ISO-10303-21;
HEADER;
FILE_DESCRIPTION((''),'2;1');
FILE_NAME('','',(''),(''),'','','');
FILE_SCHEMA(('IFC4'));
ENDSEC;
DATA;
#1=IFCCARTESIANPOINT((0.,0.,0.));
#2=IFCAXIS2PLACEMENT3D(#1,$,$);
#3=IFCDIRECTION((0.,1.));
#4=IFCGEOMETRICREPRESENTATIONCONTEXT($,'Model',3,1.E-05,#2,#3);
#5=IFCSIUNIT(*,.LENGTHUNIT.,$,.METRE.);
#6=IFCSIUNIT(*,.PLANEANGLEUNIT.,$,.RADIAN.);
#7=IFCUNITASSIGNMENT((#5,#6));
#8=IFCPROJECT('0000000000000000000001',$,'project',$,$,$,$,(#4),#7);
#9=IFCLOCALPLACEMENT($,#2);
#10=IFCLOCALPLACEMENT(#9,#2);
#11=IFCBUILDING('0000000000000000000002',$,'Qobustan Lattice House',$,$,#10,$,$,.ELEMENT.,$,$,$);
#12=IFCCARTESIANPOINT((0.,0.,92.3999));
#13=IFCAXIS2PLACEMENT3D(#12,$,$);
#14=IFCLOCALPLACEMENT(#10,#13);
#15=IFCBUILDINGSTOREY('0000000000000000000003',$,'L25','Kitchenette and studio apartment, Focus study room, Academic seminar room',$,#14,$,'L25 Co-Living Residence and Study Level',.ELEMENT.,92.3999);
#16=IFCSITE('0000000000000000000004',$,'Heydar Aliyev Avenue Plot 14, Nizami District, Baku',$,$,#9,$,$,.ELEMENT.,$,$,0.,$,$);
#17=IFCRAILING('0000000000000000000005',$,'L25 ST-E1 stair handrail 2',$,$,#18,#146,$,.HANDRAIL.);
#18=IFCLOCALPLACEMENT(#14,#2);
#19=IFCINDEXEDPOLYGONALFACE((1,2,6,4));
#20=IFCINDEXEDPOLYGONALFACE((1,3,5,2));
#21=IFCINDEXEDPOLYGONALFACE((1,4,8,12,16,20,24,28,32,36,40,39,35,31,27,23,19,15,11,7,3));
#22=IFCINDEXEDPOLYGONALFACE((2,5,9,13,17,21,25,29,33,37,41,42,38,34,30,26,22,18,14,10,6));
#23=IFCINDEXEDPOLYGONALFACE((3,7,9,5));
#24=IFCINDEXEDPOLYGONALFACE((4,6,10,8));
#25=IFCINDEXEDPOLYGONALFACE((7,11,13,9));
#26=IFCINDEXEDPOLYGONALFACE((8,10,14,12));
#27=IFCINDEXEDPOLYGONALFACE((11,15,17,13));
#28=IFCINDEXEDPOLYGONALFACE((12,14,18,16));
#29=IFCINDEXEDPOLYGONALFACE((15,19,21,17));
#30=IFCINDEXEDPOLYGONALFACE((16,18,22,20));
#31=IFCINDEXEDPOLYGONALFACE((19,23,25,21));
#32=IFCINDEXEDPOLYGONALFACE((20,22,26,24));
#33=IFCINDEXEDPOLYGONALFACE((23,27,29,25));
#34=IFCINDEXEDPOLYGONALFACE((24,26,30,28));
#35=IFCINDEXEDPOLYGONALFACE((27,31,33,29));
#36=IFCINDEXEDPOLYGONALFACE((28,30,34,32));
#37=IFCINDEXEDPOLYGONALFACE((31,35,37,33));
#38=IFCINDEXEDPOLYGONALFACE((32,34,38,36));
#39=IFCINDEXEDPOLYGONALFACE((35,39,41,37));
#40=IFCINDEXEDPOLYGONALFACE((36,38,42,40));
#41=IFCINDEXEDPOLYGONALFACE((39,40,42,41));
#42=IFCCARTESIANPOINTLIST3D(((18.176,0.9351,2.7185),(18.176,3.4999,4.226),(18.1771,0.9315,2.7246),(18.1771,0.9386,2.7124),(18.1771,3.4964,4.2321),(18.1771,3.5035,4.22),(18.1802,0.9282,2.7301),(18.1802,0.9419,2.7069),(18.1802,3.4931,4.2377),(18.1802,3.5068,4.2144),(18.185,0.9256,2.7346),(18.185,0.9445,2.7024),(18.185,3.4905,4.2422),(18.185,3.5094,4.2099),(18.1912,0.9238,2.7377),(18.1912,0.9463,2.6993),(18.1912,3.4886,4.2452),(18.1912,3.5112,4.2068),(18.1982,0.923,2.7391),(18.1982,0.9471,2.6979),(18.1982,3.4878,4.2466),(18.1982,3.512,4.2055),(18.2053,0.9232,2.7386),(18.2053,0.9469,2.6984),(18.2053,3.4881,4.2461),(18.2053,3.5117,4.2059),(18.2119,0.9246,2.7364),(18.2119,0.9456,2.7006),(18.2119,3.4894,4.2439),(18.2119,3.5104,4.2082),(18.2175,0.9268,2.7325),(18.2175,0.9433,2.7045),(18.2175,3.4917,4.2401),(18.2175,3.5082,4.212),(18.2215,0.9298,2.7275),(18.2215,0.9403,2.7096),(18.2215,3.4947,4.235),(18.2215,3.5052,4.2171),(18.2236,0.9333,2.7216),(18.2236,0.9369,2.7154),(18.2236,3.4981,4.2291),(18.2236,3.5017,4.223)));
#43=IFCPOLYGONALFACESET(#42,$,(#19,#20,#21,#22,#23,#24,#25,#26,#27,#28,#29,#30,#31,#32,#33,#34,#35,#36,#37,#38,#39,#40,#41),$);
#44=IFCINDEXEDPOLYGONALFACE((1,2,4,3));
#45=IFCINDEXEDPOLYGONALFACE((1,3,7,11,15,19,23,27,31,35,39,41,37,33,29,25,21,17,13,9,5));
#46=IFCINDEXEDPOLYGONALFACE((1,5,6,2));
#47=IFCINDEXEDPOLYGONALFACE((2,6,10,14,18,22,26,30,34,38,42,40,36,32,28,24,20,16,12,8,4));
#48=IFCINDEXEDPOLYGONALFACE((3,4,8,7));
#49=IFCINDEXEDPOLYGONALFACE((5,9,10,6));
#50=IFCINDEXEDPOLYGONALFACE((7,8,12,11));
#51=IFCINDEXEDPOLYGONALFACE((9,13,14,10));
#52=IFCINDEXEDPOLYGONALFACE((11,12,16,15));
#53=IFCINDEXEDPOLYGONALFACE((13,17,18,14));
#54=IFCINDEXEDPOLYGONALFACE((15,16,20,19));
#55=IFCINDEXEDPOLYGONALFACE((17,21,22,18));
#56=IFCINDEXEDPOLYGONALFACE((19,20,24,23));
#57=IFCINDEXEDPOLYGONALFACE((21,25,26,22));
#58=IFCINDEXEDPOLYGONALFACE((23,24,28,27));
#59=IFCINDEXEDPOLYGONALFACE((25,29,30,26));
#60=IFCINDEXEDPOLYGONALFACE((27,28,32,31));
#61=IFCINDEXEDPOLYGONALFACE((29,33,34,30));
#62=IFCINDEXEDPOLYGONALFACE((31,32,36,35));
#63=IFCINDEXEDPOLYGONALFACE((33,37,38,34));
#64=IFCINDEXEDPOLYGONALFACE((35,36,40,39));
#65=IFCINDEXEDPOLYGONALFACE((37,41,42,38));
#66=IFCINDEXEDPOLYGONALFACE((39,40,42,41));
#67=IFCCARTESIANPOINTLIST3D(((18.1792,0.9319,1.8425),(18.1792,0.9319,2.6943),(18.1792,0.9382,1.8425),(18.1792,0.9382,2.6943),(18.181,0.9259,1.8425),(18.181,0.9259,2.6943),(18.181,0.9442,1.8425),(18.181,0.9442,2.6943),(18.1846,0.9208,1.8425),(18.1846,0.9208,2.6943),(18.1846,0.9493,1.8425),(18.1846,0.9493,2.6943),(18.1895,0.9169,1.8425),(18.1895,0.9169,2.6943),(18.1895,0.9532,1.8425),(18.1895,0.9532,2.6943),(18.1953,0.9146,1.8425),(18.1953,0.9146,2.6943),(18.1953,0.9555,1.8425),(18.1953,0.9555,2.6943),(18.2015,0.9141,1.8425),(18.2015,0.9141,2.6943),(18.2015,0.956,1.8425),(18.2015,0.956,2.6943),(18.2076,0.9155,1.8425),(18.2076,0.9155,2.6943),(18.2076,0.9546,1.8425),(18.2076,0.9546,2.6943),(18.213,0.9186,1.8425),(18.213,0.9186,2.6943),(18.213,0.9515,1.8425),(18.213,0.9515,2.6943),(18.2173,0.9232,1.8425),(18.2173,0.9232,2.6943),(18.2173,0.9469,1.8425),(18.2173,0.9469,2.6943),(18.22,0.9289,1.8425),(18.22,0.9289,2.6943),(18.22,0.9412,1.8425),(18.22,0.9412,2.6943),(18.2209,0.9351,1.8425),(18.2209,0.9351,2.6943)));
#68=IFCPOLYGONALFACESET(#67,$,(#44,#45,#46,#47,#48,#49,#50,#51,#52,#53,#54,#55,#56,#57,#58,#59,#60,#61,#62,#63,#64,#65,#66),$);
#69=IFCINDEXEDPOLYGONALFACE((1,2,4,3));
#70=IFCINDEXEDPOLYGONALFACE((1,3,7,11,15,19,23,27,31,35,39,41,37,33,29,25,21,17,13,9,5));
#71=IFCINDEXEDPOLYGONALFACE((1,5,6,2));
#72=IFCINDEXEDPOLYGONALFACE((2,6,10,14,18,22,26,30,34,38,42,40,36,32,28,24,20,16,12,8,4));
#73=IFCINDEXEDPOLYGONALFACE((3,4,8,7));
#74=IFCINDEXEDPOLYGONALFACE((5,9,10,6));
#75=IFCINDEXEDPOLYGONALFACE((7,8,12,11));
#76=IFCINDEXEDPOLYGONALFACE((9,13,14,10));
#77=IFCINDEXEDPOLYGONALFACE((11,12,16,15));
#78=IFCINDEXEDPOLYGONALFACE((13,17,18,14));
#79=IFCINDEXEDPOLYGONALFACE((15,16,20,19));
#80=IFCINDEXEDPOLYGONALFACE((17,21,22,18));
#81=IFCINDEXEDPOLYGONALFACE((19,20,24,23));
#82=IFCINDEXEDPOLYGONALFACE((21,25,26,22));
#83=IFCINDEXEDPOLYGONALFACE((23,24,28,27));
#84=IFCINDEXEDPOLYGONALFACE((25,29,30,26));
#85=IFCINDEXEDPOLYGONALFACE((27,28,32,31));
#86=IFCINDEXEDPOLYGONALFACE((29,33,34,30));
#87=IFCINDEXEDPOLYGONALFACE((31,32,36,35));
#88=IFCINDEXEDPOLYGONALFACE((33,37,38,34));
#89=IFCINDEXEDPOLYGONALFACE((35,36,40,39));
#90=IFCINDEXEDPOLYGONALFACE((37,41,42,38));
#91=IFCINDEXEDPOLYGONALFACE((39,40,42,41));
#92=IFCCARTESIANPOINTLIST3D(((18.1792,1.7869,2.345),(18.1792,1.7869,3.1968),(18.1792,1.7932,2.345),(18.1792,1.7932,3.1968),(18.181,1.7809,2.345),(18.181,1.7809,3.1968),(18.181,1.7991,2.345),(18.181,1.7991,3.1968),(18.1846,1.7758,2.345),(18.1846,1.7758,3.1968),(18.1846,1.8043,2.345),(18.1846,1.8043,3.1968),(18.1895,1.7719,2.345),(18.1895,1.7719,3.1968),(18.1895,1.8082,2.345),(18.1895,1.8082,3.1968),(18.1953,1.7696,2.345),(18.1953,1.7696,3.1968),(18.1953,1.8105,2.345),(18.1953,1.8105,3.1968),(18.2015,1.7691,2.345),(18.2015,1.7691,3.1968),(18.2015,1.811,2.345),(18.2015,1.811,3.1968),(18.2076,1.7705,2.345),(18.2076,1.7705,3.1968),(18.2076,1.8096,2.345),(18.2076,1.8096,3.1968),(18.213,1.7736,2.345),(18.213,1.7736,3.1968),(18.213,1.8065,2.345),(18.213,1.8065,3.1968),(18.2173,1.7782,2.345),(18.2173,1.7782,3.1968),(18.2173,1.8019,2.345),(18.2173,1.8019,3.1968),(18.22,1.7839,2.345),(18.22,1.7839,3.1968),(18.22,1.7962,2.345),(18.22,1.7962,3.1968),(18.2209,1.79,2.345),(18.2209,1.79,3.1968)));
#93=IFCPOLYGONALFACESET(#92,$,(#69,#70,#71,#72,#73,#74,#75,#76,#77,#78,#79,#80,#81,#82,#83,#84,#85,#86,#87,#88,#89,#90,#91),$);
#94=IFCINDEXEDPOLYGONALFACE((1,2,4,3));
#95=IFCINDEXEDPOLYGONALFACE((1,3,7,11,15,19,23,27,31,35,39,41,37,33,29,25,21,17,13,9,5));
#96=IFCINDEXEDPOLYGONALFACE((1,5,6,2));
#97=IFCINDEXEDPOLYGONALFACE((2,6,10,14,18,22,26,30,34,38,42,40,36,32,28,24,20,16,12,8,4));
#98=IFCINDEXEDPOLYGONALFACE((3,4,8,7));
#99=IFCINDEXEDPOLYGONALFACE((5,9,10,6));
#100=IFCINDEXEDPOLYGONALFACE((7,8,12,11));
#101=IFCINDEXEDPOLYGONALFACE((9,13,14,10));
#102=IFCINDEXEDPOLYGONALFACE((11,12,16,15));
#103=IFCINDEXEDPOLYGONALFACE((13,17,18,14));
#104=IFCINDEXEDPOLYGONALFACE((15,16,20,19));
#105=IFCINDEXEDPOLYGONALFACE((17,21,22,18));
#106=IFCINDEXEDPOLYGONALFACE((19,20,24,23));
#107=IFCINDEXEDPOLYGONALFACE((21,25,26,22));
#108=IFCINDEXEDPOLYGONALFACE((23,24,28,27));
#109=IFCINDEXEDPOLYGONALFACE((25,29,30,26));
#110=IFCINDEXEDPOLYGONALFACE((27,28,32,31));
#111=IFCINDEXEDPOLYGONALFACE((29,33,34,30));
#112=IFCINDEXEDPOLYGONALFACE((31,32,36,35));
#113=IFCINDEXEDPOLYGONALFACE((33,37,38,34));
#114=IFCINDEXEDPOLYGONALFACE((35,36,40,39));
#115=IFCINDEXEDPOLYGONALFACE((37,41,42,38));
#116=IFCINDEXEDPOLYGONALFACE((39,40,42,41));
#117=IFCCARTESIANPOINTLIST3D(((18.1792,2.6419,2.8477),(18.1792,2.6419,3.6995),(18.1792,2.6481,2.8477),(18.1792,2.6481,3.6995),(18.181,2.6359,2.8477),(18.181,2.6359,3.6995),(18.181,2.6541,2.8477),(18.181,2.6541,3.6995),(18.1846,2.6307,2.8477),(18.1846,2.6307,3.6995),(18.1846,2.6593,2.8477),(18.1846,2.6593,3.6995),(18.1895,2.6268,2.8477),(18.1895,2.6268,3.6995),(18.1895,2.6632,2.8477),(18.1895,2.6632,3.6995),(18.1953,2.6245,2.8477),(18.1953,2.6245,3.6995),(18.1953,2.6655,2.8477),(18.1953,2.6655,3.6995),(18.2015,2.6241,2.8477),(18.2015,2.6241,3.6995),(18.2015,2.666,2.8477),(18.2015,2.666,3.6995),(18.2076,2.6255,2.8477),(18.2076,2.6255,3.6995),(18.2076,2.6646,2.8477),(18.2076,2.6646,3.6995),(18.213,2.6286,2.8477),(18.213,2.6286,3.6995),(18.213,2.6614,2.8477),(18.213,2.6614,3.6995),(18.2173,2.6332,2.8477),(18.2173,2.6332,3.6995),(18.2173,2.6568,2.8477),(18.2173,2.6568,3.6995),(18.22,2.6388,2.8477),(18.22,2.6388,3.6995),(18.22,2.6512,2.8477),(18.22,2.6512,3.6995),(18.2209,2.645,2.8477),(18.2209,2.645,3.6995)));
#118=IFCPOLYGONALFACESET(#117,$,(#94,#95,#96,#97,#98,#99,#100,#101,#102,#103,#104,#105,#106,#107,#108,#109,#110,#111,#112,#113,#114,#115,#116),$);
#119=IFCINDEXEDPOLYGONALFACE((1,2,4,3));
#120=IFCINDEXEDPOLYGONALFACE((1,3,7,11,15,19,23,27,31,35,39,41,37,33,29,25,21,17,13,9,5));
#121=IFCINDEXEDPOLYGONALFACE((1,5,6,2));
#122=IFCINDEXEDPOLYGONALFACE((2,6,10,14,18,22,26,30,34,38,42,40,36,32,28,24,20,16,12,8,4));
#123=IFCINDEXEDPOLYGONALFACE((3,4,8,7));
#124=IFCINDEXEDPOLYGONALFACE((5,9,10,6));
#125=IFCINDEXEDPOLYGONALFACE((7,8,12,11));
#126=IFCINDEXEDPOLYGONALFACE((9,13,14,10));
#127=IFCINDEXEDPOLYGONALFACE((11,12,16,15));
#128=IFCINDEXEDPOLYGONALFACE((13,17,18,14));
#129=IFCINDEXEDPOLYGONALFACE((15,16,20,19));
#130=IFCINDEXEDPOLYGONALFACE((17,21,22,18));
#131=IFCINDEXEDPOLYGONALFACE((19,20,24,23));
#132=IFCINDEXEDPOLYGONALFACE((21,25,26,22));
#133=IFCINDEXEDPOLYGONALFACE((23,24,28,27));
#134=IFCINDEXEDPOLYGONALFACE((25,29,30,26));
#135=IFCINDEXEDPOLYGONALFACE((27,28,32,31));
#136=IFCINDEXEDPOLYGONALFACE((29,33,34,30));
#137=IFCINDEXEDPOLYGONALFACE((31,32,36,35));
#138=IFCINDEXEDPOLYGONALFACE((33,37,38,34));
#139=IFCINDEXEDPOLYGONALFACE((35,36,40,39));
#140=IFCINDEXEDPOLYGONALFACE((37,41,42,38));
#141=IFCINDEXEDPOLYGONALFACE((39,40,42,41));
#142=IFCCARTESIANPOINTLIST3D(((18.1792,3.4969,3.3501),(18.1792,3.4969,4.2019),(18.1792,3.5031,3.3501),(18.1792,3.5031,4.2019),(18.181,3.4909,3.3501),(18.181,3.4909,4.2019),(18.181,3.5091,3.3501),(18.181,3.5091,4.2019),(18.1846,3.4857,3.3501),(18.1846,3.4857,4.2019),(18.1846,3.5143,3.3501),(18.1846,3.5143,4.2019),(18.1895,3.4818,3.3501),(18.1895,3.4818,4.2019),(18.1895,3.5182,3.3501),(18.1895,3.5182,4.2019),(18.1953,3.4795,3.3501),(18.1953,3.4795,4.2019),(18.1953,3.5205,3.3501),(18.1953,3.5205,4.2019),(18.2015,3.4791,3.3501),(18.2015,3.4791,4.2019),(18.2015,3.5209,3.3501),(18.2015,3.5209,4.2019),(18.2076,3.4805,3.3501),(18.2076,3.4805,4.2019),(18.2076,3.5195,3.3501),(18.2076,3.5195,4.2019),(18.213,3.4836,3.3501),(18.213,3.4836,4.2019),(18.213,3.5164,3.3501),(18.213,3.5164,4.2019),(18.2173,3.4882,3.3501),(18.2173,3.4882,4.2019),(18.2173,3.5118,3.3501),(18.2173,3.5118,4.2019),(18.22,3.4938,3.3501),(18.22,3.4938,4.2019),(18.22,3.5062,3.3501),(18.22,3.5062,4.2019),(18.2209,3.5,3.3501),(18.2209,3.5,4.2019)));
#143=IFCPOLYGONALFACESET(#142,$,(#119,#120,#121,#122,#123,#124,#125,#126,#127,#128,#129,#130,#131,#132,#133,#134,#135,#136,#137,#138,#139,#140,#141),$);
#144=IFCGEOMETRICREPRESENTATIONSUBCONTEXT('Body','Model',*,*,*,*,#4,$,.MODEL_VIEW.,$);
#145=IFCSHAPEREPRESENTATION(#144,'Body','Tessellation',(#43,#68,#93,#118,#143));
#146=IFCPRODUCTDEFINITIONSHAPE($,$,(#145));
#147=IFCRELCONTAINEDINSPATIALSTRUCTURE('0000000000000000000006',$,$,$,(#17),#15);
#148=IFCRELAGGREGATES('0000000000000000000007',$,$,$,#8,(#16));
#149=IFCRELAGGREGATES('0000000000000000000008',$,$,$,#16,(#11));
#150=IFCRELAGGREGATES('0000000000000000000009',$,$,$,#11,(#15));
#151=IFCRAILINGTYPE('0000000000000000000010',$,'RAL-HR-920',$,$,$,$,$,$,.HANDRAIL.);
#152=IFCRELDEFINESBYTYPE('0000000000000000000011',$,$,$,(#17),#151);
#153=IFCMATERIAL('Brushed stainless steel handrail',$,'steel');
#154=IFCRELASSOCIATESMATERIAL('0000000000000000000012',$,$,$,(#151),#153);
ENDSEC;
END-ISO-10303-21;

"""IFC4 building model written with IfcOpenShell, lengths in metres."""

from ifc_helpers import new_model, si_unit, direction, frame, origin, origin_2d, place, context, subcontext, project, spatial, circle, extrude, material, type_object, element, save


model = new_model("IFC4")

# Units and contexts
model_context = context("Model", 3, precision=1e-05, world=origin(), true_north=direction((0.0, 1.0)))
body_context = subcontext(model_context, "Body", "Model", "MODEL_VIEW")
ifc_project = project(units=[si_unit("LENGTHUNIT", "METRE"), si_unit("PLANEANGLEUNIT", "RADIAN")], contexts=[model_context])

# Site, building, storey
site_placement = place(None, origin())
site = spatial("IfcSite", under=ifc_project, at=site_placement, Name="Heydar Aliyev Avenue Plot 14, Nizami District, Baku", CompositionType="ELEMENT", RefElevation=0.0)
building_placement = place(site_placement, origin())
building = spatial("IfcBuilding", under=site, at=building_placement, Name="Qobustan Lattice House", CompositionType="ELEMENT")
storey_placement = place(building_placement, frame((0.0, 0.0, 92.3999)))
storey = spatial("IfcBuildingStorey", under=building, at=storey_placement, Name="L25", Description="Kitchenette and studio apartment, Focus study room, Academic seminar room", LongName="L25 Co-Living Residence and Study Level", CompositionType="ELEMENT", Elevation=92.3999)

# Railing
ifc_material_1 = material(Name="Brushed stainless steel handrail", Category="steel")
railing_type_1 = type_object("IfcRailingType", Name="RAL-HR-920", PredefinedType="HANDRAIL", material=ifc_material_1)
railing_1_placement = place(storey_placement, frame((18.2, 0.9351, 1.8425)))
element("IfcRailing", 1, at=railing_1_placement, inside=storey, type_object=railing_type_1, Name="L25 ST-E1 stair handrail 2", PredefinedType="HANDRAIL", context=body_context, shape_type="SweptSolid", body=[
    extrude(circle(Radius=0.0239, at=origin_2d()), frame((0.0, 0.0, 0.876), z_axis=(0.0, 0.862113, 0.506715), x_axis=(-1.0, 0.0, 0.0)), (0.0, 0.0, 1.0), 2.9751),
    extrude(circle(Radius=0.021, at=origin_2d()), origin(), (0.0, 0.0, 1.0), 0.8518),
    extrude(circle(Radius=0.021, at=origin_2d()), frame((0.0, 0.855, 0.5024)), (0.0, 0.0, 1.0), 0.8518),
    extrude(circle(Radius=0.021, at=origin_2d()), frame((0.0, 1.71, 1.0051)), (0.0, 0.0, 1.0), 0.8518),
    extrude(circle(Radius=0.021, at=origin_2d()), frame((0.0, 2.5649, 1.5076)), (0.0, 0.0, 1.0), 0.8518),
])

save(model, "model.ifc")
